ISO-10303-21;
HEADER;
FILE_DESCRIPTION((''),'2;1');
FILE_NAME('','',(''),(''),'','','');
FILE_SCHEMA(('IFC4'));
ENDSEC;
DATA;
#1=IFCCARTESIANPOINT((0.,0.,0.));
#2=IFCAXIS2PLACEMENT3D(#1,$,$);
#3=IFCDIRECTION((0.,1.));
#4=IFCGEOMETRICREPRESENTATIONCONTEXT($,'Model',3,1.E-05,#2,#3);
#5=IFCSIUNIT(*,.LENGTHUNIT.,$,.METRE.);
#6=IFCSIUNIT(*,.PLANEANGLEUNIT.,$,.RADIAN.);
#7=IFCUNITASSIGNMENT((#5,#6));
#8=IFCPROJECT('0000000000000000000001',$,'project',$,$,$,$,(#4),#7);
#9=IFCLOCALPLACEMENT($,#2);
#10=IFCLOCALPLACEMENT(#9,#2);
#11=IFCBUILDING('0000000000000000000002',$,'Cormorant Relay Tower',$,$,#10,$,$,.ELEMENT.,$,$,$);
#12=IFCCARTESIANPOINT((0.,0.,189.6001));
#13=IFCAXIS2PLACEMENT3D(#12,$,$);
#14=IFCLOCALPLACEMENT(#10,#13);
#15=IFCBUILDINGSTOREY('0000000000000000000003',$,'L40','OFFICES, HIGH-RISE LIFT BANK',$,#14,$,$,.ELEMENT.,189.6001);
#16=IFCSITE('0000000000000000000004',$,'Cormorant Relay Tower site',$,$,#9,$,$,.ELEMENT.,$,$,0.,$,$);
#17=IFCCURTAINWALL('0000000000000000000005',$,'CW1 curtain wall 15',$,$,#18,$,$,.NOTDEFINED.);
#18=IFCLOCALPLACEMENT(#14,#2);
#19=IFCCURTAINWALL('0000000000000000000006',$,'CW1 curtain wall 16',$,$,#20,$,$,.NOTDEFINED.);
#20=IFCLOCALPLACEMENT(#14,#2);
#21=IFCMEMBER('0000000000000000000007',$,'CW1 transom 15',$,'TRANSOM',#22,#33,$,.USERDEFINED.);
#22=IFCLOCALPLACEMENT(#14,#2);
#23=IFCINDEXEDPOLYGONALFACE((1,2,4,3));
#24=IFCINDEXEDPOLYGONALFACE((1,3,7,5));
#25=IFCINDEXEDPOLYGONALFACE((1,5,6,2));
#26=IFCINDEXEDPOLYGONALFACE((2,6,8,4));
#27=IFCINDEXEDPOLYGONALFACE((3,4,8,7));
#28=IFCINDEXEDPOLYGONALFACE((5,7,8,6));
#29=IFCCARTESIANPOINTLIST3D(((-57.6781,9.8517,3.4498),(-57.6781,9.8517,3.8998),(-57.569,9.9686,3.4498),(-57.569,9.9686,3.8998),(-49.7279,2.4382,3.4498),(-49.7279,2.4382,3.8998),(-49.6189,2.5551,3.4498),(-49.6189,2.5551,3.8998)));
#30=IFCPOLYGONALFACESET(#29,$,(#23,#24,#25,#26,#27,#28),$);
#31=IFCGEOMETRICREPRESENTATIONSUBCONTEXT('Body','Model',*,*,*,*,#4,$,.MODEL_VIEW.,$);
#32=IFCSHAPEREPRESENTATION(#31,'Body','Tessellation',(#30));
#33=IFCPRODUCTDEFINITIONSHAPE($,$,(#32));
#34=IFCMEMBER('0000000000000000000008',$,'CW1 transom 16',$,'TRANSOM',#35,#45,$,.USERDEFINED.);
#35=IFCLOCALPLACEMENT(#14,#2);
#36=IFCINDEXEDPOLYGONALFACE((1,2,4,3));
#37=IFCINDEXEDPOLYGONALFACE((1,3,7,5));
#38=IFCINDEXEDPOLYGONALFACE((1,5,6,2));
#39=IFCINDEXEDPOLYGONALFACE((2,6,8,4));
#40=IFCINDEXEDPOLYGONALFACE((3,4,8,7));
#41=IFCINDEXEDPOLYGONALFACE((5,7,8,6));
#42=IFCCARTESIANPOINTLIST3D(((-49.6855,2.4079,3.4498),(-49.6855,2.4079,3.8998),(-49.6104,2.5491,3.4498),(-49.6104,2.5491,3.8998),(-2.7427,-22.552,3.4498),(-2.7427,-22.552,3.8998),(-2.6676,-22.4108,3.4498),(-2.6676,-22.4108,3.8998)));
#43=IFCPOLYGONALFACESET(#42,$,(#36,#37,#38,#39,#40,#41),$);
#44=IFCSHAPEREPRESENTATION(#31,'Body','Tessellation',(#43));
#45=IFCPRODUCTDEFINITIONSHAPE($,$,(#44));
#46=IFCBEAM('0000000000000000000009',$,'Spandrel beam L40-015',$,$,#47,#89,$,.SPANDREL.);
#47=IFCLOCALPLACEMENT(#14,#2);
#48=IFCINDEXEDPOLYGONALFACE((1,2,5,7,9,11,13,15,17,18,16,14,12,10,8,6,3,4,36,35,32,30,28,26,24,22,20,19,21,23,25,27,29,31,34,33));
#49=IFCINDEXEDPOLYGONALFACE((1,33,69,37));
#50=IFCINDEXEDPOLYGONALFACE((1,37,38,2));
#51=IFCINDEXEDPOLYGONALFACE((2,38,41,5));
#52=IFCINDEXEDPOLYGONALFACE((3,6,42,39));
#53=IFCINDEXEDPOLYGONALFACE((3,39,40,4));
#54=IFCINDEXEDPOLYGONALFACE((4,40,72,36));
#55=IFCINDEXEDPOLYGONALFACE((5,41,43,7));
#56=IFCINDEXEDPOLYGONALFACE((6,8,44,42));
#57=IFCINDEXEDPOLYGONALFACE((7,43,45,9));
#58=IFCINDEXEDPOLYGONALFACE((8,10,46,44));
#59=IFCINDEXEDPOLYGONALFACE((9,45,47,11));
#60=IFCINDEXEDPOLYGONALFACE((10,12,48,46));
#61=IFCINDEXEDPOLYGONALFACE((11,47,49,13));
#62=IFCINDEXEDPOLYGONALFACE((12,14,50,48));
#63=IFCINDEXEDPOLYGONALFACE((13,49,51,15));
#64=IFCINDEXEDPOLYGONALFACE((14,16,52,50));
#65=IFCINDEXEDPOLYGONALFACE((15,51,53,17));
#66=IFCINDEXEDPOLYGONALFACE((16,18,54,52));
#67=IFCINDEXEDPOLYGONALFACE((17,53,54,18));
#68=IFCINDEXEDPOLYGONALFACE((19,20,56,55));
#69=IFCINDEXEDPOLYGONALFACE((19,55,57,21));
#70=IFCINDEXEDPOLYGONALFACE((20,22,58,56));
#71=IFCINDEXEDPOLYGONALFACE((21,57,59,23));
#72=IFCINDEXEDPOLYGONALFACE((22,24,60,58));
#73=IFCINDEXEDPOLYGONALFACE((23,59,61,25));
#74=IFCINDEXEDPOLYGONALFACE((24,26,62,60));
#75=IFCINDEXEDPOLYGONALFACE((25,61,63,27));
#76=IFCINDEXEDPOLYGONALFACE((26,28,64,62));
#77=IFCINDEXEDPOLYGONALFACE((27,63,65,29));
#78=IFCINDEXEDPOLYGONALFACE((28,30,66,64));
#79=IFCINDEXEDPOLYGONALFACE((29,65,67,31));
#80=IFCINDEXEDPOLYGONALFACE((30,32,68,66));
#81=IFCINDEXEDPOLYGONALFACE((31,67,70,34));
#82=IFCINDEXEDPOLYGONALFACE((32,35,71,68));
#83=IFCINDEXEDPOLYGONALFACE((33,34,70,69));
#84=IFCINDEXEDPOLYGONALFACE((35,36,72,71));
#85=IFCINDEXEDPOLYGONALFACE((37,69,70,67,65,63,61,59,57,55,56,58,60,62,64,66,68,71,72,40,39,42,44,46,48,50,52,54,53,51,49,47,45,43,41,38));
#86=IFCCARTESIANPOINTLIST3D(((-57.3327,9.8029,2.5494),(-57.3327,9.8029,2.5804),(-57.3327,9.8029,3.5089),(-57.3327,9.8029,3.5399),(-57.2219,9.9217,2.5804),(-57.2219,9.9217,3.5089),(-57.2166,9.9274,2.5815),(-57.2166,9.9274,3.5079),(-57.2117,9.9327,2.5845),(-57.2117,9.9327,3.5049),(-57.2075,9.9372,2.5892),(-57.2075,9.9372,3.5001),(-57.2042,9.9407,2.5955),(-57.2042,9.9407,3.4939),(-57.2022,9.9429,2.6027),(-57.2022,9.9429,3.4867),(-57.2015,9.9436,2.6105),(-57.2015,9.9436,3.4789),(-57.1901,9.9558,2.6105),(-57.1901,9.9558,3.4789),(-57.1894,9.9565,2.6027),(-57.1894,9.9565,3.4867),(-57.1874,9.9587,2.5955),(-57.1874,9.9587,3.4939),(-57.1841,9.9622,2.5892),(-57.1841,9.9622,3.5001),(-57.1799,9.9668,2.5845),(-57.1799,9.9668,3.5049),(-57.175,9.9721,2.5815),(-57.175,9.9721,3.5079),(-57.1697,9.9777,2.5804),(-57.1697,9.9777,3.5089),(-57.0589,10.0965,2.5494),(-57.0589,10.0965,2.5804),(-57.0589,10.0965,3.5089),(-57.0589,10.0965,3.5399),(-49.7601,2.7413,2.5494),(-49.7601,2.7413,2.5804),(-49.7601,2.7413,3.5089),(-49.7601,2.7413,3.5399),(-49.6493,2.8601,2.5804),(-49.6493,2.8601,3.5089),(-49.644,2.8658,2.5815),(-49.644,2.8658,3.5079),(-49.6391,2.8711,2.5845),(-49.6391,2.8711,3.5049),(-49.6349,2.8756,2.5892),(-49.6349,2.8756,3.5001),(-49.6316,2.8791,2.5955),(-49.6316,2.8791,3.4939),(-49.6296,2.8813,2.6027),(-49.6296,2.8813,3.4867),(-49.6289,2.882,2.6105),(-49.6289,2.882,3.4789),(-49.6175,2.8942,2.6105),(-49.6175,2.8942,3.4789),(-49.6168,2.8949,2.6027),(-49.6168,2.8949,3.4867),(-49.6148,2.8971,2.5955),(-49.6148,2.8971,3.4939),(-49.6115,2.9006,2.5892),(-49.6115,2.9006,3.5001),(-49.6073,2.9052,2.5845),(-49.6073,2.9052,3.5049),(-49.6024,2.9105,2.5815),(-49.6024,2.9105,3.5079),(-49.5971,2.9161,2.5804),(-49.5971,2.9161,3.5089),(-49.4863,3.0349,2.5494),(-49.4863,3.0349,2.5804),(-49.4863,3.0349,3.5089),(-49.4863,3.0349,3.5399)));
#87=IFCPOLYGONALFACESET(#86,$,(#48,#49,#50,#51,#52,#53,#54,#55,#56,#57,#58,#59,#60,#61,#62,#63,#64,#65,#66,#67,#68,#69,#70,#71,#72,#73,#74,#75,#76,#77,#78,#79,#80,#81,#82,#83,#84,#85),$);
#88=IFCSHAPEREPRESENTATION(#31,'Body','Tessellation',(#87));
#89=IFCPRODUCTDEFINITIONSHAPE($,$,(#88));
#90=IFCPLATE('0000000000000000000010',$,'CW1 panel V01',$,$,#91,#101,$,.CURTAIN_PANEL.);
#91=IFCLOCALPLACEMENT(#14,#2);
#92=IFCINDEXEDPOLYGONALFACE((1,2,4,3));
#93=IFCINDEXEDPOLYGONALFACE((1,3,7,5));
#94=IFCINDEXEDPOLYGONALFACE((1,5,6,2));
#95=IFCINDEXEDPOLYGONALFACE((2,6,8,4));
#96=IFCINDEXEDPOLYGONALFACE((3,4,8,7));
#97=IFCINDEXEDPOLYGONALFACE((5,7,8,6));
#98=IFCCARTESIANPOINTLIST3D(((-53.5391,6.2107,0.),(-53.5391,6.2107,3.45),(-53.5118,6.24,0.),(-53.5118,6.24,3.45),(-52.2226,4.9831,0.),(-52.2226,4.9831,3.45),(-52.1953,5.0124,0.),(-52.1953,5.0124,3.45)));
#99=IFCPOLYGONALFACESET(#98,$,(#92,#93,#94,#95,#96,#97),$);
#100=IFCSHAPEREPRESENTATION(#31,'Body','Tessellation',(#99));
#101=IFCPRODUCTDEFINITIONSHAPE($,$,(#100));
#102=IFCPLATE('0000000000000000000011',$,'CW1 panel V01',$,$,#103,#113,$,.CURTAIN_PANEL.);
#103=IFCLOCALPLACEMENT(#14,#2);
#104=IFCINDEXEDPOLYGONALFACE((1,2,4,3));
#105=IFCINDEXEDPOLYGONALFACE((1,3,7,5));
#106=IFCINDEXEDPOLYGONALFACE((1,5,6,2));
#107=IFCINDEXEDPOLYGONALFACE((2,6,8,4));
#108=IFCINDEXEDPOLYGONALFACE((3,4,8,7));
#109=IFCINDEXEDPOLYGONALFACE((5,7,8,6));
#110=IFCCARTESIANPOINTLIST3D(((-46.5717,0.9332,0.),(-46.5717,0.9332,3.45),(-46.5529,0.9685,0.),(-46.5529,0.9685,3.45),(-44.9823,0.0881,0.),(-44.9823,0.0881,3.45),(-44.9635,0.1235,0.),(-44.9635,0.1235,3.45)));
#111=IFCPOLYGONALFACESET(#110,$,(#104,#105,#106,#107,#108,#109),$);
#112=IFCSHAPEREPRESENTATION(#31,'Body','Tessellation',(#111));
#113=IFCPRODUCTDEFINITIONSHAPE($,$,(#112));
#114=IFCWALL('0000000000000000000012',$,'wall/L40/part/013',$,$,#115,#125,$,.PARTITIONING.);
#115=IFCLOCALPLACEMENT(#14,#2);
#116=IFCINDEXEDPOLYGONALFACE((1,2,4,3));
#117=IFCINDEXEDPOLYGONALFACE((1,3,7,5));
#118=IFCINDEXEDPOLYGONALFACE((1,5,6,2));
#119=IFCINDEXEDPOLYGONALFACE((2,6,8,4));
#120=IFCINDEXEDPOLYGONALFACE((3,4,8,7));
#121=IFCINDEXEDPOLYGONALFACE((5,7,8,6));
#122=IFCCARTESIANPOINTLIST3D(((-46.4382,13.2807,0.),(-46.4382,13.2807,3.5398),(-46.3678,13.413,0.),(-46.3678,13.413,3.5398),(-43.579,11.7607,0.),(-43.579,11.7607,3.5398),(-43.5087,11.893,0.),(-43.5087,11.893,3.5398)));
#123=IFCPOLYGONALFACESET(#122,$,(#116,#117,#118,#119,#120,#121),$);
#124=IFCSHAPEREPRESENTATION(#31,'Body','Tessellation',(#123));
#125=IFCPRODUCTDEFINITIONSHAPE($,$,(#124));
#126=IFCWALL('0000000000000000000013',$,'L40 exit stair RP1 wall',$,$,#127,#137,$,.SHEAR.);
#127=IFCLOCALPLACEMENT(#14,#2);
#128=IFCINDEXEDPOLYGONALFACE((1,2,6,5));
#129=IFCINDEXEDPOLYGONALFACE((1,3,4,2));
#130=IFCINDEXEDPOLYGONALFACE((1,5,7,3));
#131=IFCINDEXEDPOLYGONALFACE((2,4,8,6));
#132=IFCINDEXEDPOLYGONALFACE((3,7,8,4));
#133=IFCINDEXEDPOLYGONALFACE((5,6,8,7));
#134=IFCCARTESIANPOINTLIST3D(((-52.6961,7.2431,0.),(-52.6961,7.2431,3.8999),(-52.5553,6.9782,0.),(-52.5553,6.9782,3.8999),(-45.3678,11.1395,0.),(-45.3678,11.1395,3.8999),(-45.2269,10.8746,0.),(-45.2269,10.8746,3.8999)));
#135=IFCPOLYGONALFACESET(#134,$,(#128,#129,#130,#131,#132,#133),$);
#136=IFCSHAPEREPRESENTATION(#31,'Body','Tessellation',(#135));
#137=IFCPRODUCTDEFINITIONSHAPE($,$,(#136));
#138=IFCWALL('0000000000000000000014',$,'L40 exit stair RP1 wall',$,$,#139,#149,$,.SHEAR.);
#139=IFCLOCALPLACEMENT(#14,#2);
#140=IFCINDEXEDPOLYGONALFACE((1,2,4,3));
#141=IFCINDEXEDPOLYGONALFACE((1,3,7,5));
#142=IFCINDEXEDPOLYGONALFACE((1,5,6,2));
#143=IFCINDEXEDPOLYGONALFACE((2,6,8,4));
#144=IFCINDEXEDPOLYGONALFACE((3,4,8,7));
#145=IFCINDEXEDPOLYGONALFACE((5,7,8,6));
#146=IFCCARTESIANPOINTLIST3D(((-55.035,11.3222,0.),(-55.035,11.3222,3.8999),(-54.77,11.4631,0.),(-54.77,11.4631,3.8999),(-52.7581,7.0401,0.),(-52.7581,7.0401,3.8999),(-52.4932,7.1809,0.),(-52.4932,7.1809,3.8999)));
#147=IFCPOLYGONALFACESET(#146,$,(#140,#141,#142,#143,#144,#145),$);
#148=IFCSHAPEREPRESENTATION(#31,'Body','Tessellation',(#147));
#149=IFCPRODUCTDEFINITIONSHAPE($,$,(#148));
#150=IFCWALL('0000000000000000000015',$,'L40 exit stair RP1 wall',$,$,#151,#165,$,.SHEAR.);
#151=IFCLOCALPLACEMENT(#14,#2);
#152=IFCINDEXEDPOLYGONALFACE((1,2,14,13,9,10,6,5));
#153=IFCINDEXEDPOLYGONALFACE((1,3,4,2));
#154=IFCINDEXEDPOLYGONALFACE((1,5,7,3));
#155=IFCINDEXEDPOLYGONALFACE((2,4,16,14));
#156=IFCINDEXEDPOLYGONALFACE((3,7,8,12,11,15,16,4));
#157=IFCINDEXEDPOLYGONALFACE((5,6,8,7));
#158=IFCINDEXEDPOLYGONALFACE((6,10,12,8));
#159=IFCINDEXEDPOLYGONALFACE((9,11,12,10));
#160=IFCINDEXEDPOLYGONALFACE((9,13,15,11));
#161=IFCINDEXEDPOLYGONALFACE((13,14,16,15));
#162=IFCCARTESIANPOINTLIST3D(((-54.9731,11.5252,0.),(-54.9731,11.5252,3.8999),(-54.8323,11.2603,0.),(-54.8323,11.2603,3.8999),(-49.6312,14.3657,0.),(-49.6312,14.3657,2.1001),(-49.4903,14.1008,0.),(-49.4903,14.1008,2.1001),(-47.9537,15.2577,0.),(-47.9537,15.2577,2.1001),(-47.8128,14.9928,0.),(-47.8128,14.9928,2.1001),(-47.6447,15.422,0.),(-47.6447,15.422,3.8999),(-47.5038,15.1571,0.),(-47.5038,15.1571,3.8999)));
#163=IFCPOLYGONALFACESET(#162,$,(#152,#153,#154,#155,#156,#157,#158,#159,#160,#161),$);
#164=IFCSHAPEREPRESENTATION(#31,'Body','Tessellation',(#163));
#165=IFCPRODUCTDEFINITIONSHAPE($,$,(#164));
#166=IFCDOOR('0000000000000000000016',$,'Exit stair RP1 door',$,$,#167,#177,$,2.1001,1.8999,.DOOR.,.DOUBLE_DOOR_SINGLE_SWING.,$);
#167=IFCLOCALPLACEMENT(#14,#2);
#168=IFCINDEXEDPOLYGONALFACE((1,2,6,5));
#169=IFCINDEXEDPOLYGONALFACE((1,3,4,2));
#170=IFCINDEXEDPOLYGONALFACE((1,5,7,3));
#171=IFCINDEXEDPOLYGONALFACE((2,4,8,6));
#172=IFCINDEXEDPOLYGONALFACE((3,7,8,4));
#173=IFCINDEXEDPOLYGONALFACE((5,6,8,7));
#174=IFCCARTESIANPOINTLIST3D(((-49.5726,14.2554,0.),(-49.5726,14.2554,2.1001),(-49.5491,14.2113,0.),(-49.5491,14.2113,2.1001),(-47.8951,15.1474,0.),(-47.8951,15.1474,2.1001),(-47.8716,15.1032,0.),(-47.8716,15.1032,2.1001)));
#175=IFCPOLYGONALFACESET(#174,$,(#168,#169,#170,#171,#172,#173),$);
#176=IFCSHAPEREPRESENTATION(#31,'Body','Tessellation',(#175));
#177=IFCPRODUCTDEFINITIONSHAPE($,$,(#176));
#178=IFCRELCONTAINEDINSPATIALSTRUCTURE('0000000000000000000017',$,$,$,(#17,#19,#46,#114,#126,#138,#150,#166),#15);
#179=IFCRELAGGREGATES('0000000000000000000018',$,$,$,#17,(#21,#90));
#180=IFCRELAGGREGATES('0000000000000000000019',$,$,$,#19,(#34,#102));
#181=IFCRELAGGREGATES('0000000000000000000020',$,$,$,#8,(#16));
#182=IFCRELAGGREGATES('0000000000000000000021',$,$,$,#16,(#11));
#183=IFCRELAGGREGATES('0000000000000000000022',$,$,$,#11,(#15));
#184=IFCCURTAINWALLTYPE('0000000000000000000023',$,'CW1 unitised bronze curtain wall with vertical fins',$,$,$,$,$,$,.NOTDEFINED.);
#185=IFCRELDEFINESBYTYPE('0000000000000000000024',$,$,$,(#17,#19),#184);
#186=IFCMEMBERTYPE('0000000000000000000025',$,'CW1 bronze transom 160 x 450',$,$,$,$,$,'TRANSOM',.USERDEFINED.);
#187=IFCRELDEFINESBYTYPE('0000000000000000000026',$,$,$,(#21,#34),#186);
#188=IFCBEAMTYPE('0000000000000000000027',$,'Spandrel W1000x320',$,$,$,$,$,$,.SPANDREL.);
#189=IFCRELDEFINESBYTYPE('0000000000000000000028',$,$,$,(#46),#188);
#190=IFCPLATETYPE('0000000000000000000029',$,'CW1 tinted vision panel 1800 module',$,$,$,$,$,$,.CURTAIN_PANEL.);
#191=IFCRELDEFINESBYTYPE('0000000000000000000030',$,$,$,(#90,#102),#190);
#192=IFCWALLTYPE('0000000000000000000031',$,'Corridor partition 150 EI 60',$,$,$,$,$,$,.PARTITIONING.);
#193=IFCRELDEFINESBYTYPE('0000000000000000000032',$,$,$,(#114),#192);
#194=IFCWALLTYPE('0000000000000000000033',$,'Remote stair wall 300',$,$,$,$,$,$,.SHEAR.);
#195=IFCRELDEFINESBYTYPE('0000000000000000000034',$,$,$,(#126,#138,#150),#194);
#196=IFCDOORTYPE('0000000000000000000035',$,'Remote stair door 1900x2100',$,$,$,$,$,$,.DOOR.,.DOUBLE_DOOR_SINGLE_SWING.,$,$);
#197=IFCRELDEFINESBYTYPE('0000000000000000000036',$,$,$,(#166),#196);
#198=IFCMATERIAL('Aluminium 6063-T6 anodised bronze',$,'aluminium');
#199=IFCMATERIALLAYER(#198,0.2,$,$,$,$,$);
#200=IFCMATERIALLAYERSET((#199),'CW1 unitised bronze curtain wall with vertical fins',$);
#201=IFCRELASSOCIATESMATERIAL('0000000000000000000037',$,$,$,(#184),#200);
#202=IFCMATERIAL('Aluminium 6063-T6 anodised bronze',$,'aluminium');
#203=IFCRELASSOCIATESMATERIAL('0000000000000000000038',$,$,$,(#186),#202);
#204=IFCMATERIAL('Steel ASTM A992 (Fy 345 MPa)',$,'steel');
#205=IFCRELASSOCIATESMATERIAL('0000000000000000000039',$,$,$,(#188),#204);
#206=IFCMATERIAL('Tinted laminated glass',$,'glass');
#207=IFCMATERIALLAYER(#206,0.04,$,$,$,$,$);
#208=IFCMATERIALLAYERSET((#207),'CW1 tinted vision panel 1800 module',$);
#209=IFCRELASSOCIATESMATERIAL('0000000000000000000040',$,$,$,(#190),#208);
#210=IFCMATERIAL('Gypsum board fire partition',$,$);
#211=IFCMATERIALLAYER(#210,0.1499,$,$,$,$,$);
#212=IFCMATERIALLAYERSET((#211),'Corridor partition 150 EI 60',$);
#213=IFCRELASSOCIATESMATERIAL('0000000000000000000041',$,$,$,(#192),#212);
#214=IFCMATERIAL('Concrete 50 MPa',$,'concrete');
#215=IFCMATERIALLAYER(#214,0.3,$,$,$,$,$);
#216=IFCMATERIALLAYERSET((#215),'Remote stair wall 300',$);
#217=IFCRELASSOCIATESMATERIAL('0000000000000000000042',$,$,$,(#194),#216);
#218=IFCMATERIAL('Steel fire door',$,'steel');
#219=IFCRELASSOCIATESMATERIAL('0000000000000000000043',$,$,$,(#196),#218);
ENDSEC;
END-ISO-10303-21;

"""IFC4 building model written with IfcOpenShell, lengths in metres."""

from ifc_helpers import new_model, si_unit, direction, frame, frame_2d, origin, origin_2d, place, context, subcontext, project, spatial, rectangle, i_section, extrude, material, layer, layer_set, material_profile, profile_set, type_object, element, fill, aggregate, save


model = new_model("IFC4")

# Units and contexts
model_context = context("Model", 3, precision=1e-05, world=origin(), true_north=direction((0.0, 1.0)))
body_context = subcontext(model_context, "Body", "Model", "MODEL_VIEW")
ifc_project = project(units=[si_unit("LENGTHUNIT", "METRE"), si_unit("PLANEANGLEUNIT", "RADIAN")], contexts=[model_context])

# Site, building, storey
site_placement = place(None, origin())
site = spatial("IfcSite", under=ifc_project, at=site_placement, Name="Cormorant Relay Tower site", CompositionType="ELEMENT", RefElevation=0.0)
building_placement = place(site_placement, origin())
building = spatial("IfcBuilding", under=site, at=building_placement, Name="Cormorant Relay Tower", CompositionType="ELEMENT")
storey_placement = place(building_placement, frame((0.0, 0.0, 189.6001)))
storey = spatial("IfcBuildingStorey", under=building, at=storey_placement, Name="L40", Description="OFFICES, HIGH-RISE LIFT BANK", CompositionType="ELEMENT", Elevation=189.6001)

# Curtain wall
ifc_material_1 = material(Name="Aluminium 6063-T6 anodised bronze", Category="aluminium")
ifc_layer_1 = layer(ifc_material_1, 0.2)
ifc_layer_set_1 = layer_set([ifc_layer_1], Name="CW1 unitised bronze curtain wall with vertical fins")
curtain_wall_type = type_object("IfcCurtainWallType", Name="CW1 unitised bronze curtain wall with vertical fins", PredefinedType="NOTDEFINED", material=ifc_layer_set_1)
curtain_wall_1_placement = place(storey_placement, origin())
curtain_wall_1 = element("IfcCurtainWall", 1, at=curtain_wall_1_placement, inside=storey, type_object=curtain_wall_type, Name="CW1 curtain wall 15", PredefinedType="NOTDEFINED")

# Curtain wall
curtain_wall_2_placement = place(storey_placement, origin())
curtain_wall_2 = element("IfcCurtainWall", 2, at=curtain_wall_2_placement, inside=storey, type_object=curtain_wall_type, Name="CW1 curtain wall 16", PredefinedType="NOTDEFINED")

# Members
ifc_material_2 = material(Name="Aluminium 6063-T6 anodised bronze", Category="aluminium")
ifc_material_profile_1 = material_profile(ifc_material_2, rectangle(XDim=0.1599, YDim=0.45, at=origin_2d()), Name="AL 160x450")
ifc_profile_set_1 = profile_set([ifc_material_profile_1], Name="Aluminium 6063-T6 anodised bronze")
member_type_1 = type_object("IfcMemberType", Name="CW1 bronze transom 160 x 450", ElementType="TRANSOM", PredefinedType="USERDEFINED", material=ifc_profile_set_1)
member_1_placement = place(storey_placement, frame((-57.6235, 9.9102, 3.6748), z_axis=(0.731358, -0.681993, 0.0), x_axis=(0.681993, 0.731358, 0.0)))
member_1 = element("IfcMember", 3, at=member_1_placement, type_object=member_type_1, Name="CW1 transom 15", ObjectType="TRANSOM", PredefinedType="USERDEFINED", context=body_context, shape_type="SweptSolid", body=[
    extrude(rectangle(XDim=0.1599, YDim=0.45, at=origin_2d()), origin(), (0.0, 0.0, 1.0), 10.8704),
])
member_2_placement = place(storey_placement, frame((-49.6479, 2.4785, 3.6748), z_axis=(0.882948, -0.469471, 0.0), x_axis=(0.469471, 0.882948, 0.0)))
member_2 = element("IfcMember", 4, at=member_2_placement, type_object=member_type_1, Name="CW1 transom 16", ObjectType="TRANSOM", PredefinedType="USERDEFINED", context=body_context, shape_type="SweptSolid", body=[
    extrude(rectangle(XDim=0.1599, YDim=0.45, at=origin_2d()), origin(), (0.0, 0.0, 1.0), 53.166),
])

# Beam
ifc_material_3 = material(Name="Steel ASTM A992 (Fy 345 MPa)", Category="steel")
ifc_material_profile_2 = material_profile(ifc_material_3, i_section(OverallWidth=0.4014, OverallDepth=0.9905, WebThickness=0.0166, FlangeThickness=0.031, FilletRadius=0.03, at=origin_2d()), Name="W1000x320")
ifc_profile_set_2 = profile_set([ifc_material_profile_2], Name="Steel ASTM A992 (Fy 345 MPa)")
beam_type = type_object("IfcBeamType", Name="Spandrel W1000x320", PredefinedType="SPANDREL", material=ifc_profile_set_2)
beam_placement = place(storey_placement, frame((-57.1958, 9.9497, 3.0447), z_axis=(0.731352, -0.682001, 0.0), x_axis=(0.682001, 0.731352, 0.0)))
element("IfcBeam", 5, at=beam_placement, inside=storey, type_object=beam_type, Name="Spandrel beam L40-015", PredefinedType="SPANDREL", context=body_context, shape_type="SweptSolid", body=[
    extrude(i_section(OverallWidth=0.4014, OverallDepth=0.9905, WebThickness=0.0166, FlangeThickness=0.031, FilletRadius=0.03, at=origin_2d()), origin(), (0.0, 0.0, 1.0), 10.3542),
])

# Plates
ifc_material_4 = material(Name="Tinted laminated glass", Category="glass")
ifc_layer_2 = layer(ifc_material_4, 0.04)
ifc_layer_set_2 = layer_set([ifc_layer_2], Name="CW1 tinted vision panel 1800 module")
plate_type = type_object("IfcPlateType", Name="CW1 tinted vision panel 1800 module", PredefinedType="CURTAIN_PANEL", material=ifc_layer_set_2)
plate_1_placement = place(storey_placement, frame((-52.8672, 5.6116, 0.0), z_axis=(0.0, 0.0, 1.0), x_axis=(0.731354, -0.681998, 0.0)))
plate_1 = element("IfcPlate", 6, at=plate_1_placement, type_object=plate_type, Name="CW1 panel V01", PredefinedType="CURTAIN_PANEL", context=body_context, shape_type="SweptSolid", body=[
    extrude(rectangle(XDim=1.8, YDim=0.04, at=origin_2d()), origin(), (0.0, 0.0, 1.0), 3.45),
])
plate_2_placement = place(storey_placement, frame((-45.7676, 0.5283, 0.0), z_axis=(0.0, 0.0, 1.0), x_axis=(0.882948, -0.469472, 0.0)))
plate_2 = element("IfcPlate", 7, at=plate_2_placement, type_object=plate_type, Name="CW1 panel V01", PredefinedType="CURTAIN_PANEL", context=body_context, shape_type="SweptSolid", body=[
    extrude(rectangle(XDim=1.8, YDim=0.04, at=origin_2d()), origin(), (0.0, 0.0, 1.0), 3.45),
])

# Walls
ifc_material_5 = material(Name="Gypsum board fire partition")
ifc_layer_3 = layer(ifc_material_5, 0.1499)
ifc_layer_set_3 = layer_set([ifc_layer_3], Name="Corridor partition 150 EI 60")
wall_type_1 = type_object("IfcWallType", Name="Corridor partition 150 EI 60", PredefinedType="PARTITIONING", material=ifc_layer_set_3)
wall_1_placement = place(storey_placement, frame((-46.4031, 13.3469, 0.0), z_axis=(0.0, 0.0, 1.0), x_axis=(0.882974, -0.469422, 0.0)))
element("IfcWall", 8, at=wall_1_placement, inside=storey, type_object=wall_type_1, Name="wall/L40/part/013", PredefinedType="PARTITIONING", context=body_context, shape_type="SweptSolid", body=[
    extrude(rectangle(XDim=3.238, YDim=0.1499, at=frame_2d((1.6191, 0.0))), origin(), (0.0, 0.0, 1.0), 3.5398),
])
ifc_material_6 = material(Name="Concrete 50 MPa", Category="concrete")
ifc_layer_4 = layer(ifc_material_6, 0.3)
ifc_layer_set_4 = layer_set([ifc_layer_4], Name="Remote stair wall 300")
wall_type_2 = type_object("IfcWallType", Name="Remote stair wall 300", PredefinedType="SHEAR", material=ifc_layer_set_4)
wall_2_placement = place(storey_placement, frame((-45.2974, 11.0071, 0.0), z_axis=(0.0, 0.0, 1.0), x_axis=(-0.882952, -0.469464, 0.0)))
element("IfcWall", 9, at=wall_2_placement, inside=storey, type_object=wall_type_2, Name="L40 exit stair RP1 wall", PredefinedType="SHEAR", context=body_context, shape_type="SweptSolid", body=[
    extrude(rectangle(XDim=8.2998, YDim=0.3, at=frame_2d((4.1499, 0.0))), origin(), (0.0, 0.0, 1.0), 3.8999),
])
wall_3_placement = place(storey_placement, frame((-52.6257, 7.1106, 0.0), z_axis=(0.0, 0.0, 1.0), x_axis=(-0.469464, 0.882951, 0.0)))
element("IfcWall", 10, at=wall_3_placement, inside=storey, type_object=wall_type_2, Name="L40 exit stair RP1 wall", PredefinedType="SHEAR", context=body_context, shape_type="SweptSolid", body=[
    extrude(rectangle(XDim=4.8499, YDim=0.3, at=frame_2d((2.4248, 0.0))), origin(), (0.0, 0.0, 1.0), 3.8999),
])

# Wall, opening, door
wall_4_placement = place(storey_placement, frame((-54.9026, 11.3928, 0.0), z_axis=(0.0, 0.0, 1.0), x_axis=(0.882939, 0.469487, 0.0)))
wall_4 = element("IfcWall", 11, at=wall_4_placement, inside=storey, type_object=wall_type_2, Name="L40 exit stair RP1 wall", PredefinedType="SHEAR", context=body_context, shape_type="SweptSolid", body=[
    extrude(rectangle(XDim=8.3, YDim=0.3, at=frame_2d((4.1499, 0.0))), origin(), (0.0, 0.0, 1.0), 3.8999),
])
opening_placement = place(wall_4_placement, frame((6.05, 0.0, 0.0)))
opening = element("IfcOpeningElement", 12, at=opening_placement, cuts=wall_4, PredefinedType="OPENING", context=body_context, shape_type="SweptSolid", body=[
    extrude(rectangle(XDim=1.8999, YDim=2.1001, at=frame_2d((0.95, 1.05))), frame((0.0, 0.1599, 0.0), z_axis=(0.0, -1.0, 0.0), x_axis=(1.0, 0.0, 0.0)), (0.0, 0.0, 1.0), 0.3201),
])
ifc_material_7 = material(Name="Steel fire door", Category="steel")
door_type = type_object("IfcDoorType", Name="Remote stair door 1900x2100", OperationType="DOUBLE_DOOR_SINGLE_SWING", PredefinedType="DOOR", material=ifc_material_7)
door_placement = place(opening_placement, frame((1.8999, 0.0, 0.0), z_axis=(0.0, 0.0, 1.0), x_axis=(-1.0, 0.0, 0.0)))
door = element("IfcDoor", 13, at=door_placement, inside=storey, type_object=door_type, Name="Exit stair RP1 door", OperationType="DOUBLE_DOOR_SINGLE_SWING", OverallHeight=2.1001, OverallWidth=1.8999, PredefinedType="DOOR", context=body_context, shape_type="SweptSolid", body=[
    extrude(rectangle(XDim=1.8999, YDim=2.1001, at=frame_2d((0.95, 1.05))), frame((0.0, 0.0249, 0.0), z_axis=(0.0, -1.0, 0.0), x_axis=(1.0, 0.0, 0.0)), (0.0, 0.0, 1.0), 0.05),
])
fill(opening, door)

aggregate(curtain_wall_1, [member_1, plate_1])
aggregate(curtain_wall_2, [member_2, plate_2])

save(model, "model.ifc")
